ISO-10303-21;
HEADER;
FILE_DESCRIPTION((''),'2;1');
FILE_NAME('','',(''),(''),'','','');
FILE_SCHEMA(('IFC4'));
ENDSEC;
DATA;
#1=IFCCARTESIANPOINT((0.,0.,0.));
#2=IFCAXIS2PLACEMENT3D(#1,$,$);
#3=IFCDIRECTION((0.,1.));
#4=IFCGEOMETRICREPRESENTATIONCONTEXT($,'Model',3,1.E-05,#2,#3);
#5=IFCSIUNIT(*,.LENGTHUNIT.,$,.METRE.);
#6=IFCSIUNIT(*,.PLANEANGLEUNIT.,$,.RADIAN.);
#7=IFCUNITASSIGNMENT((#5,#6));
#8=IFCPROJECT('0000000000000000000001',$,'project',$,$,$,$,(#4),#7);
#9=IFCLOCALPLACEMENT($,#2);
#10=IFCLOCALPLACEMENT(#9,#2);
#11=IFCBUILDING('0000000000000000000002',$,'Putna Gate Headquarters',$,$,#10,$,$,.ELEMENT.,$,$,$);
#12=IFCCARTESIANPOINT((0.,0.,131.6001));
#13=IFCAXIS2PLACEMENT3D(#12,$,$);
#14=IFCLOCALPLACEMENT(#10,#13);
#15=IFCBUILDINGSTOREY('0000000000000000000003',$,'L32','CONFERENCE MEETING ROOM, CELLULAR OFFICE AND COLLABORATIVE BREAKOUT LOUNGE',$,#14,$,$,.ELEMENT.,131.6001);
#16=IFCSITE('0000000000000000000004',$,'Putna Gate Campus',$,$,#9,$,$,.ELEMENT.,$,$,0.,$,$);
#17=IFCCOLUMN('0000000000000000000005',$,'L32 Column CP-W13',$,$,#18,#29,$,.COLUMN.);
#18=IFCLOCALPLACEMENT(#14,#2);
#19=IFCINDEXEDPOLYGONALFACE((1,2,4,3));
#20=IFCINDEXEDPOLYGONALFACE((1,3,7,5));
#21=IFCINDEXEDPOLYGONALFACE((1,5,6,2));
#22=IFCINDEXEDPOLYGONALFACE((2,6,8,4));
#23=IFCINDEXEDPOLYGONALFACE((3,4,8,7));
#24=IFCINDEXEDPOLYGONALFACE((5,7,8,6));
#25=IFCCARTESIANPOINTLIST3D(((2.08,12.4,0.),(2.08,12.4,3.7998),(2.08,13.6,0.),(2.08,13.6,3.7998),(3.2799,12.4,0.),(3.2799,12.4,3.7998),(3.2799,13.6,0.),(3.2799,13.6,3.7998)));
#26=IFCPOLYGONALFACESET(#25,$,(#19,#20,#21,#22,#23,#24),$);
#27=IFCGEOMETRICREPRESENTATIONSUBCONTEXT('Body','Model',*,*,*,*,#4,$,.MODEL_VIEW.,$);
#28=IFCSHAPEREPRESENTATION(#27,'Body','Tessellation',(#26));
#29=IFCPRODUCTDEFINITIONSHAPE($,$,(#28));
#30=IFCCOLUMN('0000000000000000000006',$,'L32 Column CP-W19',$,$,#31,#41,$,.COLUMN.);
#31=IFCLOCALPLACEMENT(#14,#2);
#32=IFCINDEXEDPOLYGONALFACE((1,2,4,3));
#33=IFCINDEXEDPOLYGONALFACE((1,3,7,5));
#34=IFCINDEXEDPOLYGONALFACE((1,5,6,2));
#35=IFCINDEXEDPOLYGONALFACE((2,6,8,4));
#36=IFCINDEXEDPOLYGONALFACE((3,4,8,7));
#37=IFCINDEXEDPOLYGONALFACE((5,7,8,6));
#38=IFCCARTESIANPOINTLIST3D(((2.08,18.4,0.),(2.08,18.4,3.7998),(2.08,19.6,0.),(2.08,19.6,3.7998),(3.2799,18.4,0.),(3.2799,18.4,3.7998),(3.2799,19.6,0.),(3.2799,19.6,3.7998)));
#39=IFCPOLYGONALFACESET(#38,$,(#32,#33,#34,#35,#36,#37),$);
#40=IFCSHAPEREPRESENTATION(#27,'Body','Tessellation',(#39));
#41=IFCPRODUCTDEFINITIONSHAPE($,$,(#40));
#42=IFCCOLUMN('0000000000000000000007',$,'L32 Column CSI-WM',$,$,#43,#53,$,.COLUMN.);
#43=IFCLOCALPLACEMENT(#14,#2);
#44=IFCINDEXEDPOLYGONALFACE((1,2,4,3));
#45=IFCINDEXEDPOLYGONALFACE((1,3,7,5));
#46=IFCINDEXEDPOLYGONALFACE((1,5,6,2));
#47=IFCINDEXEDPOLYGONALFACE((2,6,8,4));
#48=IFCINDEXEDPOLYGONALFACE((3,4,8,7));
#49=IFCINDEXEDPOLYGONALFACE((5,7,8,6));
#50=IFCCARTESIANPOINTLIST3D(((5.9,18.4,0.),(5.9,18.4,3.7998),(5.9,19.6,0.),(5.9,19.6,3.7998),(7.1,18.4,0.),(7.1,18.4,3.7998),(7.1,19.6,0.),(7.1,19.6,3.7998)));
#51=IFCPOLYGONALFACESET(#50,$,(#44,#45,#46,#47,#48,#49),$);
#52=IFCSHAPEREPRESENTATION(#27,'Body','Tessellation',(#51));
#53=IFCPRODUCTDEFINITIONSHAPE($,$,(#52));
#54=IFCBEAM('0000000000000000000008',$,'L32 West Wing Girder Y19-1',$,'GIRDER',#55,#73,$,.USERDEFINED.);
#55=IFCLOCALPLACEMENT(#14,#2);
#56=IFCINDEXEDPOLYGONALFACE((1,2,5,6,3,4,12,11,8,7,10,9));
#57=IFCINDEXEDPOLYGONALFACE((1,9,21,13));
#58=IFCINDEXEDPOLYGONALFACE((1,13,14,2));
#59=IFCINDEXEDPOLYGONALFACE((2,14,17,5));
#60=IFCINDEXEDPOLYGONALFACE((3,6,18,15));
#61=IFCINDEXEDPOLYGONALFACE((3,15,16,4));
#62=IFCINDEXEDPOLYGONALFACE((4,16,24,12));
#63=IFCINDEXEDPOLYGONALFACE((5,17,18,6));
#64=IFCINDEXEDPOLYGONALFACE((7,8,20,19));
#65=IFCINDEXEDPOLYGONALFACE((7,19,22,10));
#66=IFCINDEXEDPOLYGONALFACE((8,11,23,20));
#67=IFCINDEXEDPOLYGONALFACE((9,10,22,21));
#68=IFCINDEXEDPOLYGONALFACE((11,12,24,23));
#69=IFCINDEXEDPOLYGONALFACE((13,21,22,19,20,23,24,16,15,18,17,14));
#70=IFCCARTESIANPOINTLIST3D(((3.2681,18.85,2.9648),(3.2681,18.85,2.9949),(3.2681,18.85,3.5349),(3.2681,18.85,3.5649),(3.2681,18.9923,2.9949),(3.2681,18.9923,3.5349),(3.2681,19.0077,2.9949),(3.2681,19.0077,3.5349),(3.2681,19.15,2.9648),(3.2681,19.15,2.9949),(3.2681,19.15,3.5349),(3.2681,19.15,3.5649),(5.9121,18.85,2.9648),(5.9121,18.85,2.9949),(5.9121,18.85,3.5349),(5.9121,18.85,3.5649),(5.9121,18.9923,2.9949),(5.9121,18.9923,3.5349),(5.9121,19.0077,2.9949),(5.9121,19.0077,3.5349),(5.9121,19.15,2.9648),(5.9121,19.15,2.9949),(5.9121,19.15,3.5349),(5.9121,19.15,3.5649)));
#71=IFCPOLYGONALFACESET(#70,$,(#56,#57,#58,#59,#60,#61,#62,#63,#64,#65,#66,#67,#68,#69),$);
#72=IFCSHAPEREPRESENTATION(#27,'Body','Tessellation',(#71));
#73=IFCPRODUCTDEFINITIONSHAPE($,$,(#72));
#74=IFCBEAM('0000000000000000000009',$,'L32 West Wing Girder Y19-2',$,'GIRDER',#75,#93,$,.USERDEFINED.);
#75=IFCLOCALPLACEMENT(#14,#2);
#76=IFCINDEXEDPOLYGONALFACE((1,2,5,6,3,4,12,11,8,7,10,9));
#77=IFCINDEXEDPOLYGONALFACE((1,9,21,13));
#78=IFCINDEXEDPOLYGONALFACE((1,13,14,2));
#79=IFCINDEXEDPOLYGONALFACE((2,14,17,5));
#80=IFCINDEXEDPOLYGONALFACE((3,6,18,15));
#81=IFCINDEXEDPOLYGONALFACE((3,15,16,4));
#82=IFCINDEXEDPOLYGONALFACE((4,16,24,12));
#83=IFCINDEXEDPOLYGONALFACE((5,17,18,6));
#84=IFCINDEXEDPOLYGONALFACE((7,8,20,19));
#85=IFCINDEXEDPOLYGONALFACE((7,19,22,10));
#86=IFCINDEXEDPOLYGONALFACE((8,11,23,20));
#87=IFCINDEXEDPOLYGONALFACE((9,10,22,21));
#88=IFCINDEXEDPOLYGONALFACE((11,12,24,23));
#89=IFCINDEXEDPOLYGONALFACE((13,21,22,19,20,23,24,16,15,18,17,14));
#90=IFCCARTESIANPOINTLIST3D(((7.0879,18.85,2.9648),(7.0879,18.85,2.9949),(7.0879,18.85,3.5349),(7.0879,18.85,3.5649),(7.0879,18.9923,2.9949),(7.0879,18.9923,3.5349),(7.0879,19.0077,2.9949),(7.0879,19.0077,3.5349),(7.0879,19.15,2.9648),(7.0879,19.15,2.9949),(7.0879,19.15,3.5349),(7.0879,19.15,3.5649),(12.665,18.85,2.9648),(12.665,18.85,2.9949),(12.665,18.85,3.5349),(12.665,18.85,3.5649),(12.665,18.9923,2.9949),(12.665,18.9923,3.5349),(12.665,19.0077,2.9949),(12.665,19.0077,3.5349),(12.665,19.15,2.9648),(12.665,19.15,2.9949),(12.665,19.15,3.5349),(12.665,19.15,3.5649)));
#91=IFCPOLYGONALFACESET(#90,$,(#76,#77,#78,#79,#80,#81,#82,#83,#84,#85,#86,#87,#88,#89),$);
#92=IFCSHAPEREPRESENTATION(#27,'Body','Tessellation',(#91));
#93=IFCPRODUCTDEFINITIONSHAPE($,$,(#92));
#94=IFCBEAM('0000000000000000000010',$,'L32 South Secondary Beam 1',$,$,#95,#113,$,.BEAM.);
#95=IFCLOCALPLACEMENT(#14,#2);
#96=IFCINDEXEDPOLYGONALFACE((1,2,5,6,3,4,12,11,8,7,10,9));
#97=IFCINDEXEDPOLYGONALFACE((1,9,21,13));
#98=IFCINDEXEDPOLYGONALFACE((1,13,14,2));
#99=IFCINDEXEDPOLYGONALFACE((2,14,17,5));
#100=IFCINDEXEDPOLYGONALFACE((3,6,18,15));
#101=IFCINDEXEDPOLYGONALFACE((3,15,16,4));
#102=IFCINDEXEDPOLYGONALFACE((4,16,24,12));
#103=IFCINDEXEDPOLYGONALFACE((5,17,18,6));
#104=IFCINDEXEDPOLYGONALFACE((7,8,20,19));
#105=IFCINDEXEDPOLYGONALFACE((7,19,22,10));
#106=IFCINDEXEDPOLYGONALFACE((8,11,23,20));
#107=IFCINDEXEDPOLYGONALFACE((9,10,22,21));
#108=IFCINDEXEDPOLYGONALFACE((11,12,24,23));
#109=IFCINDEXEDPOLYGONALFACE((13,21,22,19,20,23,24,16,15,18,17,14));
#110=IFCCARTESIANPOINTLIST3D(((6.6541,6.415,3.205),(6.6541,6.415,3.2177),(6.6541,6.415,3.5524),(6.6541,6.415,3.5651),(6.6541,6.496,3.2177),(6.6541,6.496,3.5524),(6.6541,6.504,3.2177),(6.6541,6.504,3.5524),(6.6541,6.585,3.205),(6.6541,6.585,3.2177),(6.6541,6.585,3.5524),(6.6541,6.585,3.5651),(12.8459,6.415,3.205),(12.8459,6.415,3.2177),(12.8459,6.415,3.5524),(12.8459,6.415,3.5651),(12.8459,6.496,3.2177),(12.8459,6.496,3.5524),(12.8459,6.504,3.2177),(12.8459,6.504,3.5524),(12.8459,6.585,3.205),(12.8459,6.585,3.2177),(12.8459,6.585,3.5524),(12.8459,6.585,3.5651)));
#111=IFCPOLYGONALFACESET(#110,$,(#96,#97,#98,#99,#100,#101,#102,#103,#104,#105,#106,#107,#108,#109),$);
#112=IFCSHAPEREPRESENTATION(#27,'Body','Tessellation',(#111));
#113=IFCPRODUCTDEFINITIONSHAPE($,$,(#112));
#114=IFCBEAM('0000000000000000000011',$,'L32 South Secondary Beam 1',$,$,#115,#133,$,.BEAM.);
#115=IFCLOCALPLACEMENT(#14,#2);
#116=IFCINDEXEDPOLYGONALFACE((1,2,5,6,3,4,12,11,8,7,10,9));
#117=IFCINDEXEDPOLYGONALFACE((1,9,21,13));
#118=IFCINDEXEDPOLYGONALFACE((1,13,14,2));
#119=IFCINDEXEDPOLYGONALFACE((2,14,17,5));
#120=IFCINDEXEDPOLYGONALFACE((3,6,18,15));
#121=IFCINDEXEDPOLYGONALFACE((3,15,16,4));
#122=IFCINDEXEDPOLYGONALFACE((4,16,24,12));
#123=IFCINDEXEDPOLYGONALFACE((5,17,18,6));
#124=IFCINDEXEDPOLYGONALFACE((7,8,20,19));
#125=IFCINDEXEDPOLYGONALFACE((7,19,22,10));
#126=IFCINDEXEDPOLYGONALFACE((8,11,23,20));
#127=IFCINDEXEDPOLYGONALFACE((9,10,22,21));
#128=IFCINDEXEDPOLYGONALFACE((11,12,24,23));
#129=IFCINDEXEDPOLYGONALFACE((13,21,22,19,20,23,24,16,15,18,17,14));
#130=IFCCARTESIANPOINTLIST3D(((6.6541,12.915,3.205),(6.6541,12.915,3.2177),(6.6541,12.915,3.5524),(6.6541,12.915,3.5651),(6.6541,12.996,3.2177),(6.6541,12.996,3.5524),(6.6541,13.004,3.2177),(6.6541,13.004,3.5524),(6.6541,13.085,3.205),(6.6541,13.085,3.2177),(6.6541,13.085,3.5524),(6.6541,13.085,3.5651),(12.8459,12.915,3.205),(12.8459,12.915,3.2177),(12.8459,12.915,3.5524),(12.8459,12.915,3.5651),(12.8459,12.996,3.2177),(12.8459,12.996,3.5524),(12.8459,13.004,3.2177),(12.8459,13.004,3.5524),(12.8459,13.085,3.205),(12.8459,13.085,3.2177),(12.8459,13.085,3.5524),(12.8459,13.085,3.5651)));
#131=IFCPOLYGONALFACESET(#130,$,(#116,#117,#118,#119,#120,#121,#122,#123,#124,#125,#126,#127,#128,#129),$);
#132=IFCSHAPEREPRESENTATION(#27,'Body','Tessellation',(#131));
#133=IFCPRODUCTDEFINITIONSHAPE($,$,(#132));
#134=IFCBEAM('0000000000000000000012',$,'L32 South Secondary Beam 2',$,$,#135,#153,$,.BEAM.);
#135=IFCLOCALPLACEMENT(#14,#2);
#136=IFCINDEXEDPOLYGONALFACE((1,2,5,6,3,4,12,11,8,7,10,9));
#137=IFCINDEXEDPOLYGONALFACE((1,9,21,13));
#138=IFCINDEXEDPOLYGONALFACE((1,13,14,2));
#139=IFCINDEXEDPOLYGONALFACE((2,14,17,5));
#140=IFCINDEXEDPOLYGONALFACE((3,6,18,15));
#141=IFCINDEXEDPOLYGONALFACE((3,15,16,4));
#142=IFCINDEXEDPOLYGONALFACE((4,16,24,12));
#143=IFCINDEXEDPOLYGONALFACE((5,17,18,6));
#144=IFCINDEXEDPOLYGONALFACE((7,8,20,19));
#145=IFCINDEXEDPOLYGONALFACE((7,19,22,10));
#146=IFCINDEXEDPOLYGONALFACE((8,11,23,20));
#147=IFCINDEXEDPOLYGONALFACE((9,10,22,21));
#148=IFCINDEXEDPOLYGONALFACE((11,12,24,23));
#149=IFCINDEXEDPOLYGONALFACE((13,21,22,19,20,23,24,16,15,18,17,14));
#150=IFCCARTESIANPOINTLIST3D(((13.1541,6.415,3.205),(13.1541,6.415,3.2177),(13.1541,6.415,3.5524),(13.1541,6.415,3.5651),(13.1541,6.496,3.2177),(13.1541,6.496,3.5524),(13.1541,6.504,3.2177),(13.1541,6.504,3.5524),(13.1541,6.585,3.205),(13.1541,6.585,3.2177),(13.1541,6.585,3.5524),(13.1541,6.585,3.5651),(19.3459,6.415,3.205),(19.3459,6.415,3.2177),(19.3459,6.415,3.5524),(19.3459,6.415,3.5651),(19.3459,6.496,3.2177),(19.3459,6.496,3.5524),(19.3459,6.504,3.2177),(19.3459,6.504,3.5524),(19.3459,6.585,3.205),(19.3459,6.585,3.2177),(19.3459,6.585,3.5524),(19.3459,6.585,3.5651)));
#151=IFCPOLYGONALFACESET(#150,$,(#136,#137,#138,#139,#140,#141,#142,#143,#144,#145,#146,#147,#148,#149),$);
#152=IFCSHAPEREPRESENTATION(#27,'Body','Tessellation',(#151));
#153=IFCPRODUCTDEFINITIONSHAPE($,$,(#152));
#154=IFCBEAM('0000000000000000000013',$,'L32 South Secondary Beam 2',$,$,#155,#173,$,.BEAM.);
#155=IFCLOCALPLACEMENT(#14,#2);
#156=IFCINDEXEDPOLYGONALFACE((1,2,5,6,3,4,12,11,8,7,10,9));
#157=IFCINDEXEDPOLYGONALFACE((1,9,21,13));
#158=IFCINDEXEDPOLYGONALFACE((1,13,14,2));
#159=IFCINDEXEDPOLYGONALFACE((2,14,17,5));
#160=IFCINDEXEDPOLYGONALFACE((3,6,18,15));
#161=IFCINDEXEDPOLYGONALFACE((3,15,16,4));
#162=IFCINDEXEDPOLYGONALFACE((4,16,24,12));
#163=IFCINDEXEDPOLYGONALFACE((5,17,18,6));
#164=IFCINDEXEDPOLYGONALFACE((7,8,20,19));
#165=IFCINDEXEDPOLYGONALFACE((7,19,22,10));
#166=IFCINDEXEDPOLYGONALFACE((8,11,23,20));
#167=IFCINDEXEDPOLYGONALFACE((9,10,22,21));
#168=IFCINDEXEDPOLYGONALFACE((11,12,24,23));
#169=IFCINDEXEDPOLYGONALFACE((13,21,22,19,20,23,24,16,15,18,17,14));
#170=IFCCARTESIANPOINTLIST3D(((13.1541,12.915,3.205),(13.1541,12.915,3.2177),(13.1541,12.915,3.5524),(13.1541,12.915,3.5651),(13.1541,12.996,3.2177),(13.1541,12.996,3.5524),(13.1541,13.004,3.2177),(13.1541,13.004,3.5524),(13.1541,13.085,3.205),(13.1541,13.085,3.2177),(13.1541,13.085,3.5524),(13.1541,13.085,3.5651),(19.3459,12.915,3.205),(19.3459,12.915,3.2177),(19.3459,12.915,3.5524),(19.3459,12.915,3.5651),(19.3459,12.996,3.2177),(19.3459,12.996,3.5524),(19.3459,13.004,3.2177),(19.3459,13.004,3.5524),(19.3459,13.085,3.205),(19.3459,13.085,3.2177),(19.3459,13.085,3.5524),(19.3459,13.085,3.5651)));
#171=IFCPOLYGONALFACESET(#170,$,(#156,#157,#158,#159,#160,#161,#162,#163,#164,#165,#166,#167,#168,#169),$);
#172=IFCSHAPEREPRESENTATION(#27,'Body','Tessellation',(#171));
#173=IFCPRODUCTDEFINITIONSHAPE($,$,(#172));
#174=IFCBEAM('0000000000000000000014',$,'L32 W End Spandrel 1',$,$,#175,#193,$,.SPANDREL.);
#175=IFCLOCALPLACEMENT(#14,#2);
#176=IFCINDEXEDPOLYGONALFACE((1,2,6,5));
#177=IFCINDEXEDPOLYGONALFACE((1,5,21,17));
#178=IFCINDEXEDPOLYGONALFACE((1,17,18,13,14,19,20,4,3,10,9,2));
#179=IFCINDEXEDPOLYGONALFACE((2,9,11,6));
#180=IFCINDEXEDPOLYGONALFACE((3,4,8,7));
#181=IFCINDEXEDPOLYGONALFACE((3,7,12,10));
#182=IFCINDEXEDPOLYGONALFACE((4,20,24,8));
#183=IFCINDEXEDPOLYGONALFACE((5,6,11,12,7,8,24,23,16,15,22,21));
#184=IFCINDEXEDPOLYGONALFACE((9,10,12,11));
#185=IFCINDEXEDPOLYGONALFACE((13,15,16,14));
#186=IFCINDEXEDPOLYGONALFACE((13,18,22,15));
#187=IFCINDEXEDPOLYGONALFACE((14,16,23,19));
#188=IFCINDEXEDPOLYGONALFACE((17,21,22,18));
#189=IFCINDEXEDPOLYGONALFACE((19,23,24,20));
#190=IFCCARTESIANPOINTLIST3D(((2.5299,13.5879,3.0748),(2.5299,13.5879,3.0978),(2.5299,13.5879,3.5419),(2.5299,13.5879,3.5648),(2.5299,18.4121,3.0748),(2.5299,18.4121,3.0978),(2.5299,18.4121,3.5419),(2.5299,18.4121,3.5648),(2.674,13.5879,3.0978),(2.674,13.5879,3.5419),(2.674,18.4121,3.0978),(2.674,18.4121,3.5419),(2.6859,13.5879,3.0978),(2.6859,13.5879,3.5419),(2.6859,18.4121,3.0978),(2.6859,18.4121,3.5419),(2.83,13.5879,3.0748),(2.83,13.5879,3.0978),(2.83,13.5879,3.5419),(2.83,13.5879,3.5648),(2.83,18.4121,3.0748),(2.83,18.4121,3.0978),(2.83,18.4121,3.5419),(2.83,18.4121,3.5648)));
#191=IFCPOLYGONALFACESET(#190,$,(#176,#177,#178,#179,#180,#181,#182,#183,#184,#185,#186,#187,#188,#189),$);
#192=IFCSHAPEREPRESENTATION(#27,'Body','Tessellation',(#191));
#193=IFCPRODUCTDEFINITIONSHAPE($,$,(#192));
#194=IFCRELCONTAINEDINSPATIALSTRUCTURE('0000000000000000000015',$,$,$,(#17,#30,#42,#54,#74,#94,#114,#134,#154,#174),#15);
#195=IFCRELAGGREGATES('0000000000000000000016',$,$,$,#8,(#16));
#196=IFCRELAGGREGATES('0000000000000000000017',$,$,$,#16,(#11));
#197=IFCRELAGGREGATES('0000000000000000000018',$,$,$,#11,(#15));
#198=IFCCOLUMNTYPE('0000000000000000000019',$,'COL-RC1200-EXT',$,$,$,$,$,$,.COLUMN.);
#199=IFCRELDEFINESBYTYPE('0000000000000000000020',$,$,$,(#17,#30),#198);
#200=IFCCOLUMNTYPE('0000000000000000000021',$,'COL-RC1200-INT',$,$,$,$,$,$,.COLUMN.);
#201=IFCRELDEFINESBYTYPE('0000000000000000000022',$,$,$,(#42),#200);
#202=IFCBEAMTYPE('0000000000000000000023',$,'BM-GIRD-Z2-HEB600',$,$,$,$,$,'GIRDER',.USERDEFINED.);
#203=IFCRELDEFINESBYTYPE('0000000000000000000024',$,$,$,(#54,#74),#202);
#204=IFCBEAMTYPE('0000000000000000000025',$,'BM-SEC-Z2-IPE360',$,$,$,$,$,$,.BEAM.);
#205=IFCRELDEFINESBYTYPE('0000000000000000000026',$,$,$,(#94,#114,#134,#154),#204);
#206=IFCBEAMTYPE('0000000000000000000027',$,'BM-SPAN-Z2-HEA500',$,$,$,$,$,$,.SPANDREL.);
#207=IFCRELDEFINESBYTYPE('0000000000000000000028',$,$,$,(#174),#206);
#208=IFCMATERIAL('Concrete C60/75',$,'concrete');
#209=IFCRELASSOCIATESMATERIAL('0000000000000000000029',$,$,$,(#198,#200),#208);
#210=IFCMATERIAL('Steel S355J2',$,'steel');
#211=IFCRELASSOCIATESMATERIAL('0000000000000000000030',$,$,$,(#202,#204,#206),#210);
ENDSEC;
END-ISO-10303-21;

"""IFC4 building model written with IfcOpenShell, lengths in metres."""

from ifc_helpers import new_model, si_unit, direction, frame, origin, origin_2d, place, context, subcontext, project, spatial, rectangle, i_section, extrude, material, material_profile, profile_set, type_object, element, save


model = new_model("IFC4")

# Units and contexts
model_context = context("Model", 3, precision=1e-05, world=origin(), true_north=direction((0.0, 1.0)))
body_context = subcontext(model_context, "Body", "Model", "MODEL_VIEW")
ifc_project = project(units=[si_unit("LENGTHUNIT", "METRE"), si_unit("PLANEANGLEUNIT", "RADIAN")], contexts=[model_context])

# Site, building, storey
site_placement = place(None, origin())
site = spatial("IfcSite", under=ifc_project, at=site_placement, Name="Putna Gate Campus", CompositionType="ELEMENT", RefElevation=0.0)
building_placement = place(site_placement, origin())
building = spatial("IfcBuilding", under=site, at=building_placement, Name="Putna Gate Headquarters", CompositionType="ELEMENT")
storey_placement = place(building_placement, frame((0.0, 0.0, 131.6001)))
storey = spatial("IfcBuildingStorey", under=building, at=storey_placement, Name="L32", Description="CONFERENCE MEETING ROOM, CELLULAR OFFICE AND COLLABORATIVE BREAKOUT LOUNGE", CompositionType="ELEMENT", Elevation=131.6001)

# Columns
ifc_material_1 = material(Name="Concrete C60/75", Category="concrete")
ifc_material_profile_1 = material_profile(ifc_material_1, rectangle(XDim=1.2, YDim=1.2, at=origin_2d()), Name="Concrete C60/75")
ifc_profile_set_1 = profile_set([ifc_material_profile_1], Name="Concrete C60/75")
column_type_1 = type_object("IfcColumnType", Name="COL-RC1200-EXT", PredefinedType="COLUMN", material=ifc_profile_set_1)
for number, where, z_axis, x_axis, name in (
    (1, (2.6799, 13.0, 0.0), (0.0, 0.0, 1.0), (1.0, 0.0, 0.0), "L32 Column CP-W13"),
    (2, (2.6799, 19.0, 0.0), (0.0, 0.0, 1.0), (1.0, 0.0, 0.0), "L32 Column CP-W19"),
):
    element("IfcColumn", number, at=place(storey_placement, frame(where, z_axis=z_axis, x_axis=x_axis)), inside=storey, type_object=column_type_1, Name=name, PredefinedType="COLUMN", context=body_context, shape_type="SweptSolid", body=[
        extrude(rectangle(XDim=1.2, YDim=1.2, at=origin_2d()), origin(), (0.0, 0.0, 1.0), 3.7998),
    ])
ifc_material_profile_2 = material_profile(ifc_material_1, rectangle(XDim=1.2, YDim=1.2, at=origin_2d()), Name="Concrete C60/75")
ifc_profile_set_2 = profile_set([ifc_material_profile_2], Name="Concrete C60/75")
column_type_2 = type_object("IfcColumnType", Name="COL-RC1200-INT", PredefinedType="COLUMN", material=ifc_profile_set_2)
column_placement = place(storey_placement, frame((6.5, 19.0, 0.0), z_axis=(0.0, 0.0, 1.0), x_axis=(1.0, 0.0, 0.0)))
element("IfcColumn", 3, at=column_placement, inside=storey, type_object=column_type_2, Name="L32 Column CSI-WM", PredefinedType="COLUMN", context=body_context, shape_type="SweptSolid", body=[
    extrude(rectangle(XDim=1.2, YDim=1.2, at=origin_2d()), origin(), (0.0, 0.0, 1.0), 3.7998),
])

# Beams
ifc_material_2 = material(Name="Steel S355J2", Category="steel")
ifc_material_profile_3 = material_profile(ifc_material_2, i_section(OverallWidth=0.3, OverallDepth=0.6001, WebThickness=0.0154, FlangeThickness=0.03, at=origin_2d()), Name="Steel S355J2")
ifc_profile_set_3 = profile_set([ifc_material_profile_3], Name="Steel S355J2")
beam_type_1 = type_object("IfcBeamType", Name="BM-GIRD-Z2-HEB600", ElementType="GIRDER", PredefinedType="USERDEFINED", material=ifc_profile_set_3)
beam_1_placement = place(storey_placement, frame((3.2681, 19.0, 3.2649), z_axis=(1.0, 0.0, 0.0), x_axis=(0.0, 1.0, 0.0)))
element("IfcBeam", 4, at=beam_1_placement, inside=storey, type_object=beam_type_1, Name="L32 West Wing Girder Y19-1", ObjectType="GIRDER", PredefinedType="USERDEFINED", context=body_context, shape_type="SweptSolid", body=[
    extrude(i_section(OverallWidth=0.3, OverallDepth=0.6001, WebThickness=0.0154, FlangeThickness=0.03, at=origin_2d()), origin(), (0.0, 0.0, 1.0), 2.644),
])
beam_2_placement = place(storey_placement, frame((7.0879, 19.0, 3.2649), z_axis=(1.0, 0.0, 0.0), x_axis=(0.0, 1.0, 0.0)))
element("IfcBeam", 5, at=beam_2_placement, inside=storey, type_object=beam_type_1, Name="L32 West Wing Girder Y19-2", ObjectType="GIRDER", PredefinedType="USERDEFINED", context=body_context, shape_type="SweptSolid", body=[
    extrude(i_section(OverallWidth=0.3, OverallDepth=0.6001, WebThickness=0.0154, FlangeThickness=0.03, at=origin_2d()), origin(), (0.0, 0.0, 1.0), 5.5771),
])
ifc_material_profile_4 = material_profile(ifc_material_2, i_section(OverallWidth=0.1699, OverallDepth=0.3601, WebThickness=0.0081, FlangeThickness=0.0127, at=origin_2d()), Name="Steel S355J2")
ifc_profile_set_4 = profile_set([ifc_material_profile_4], Name="Steel S355J2")
beam_type_2 = type_object("IfcBeamType", Name="BM-SEC-Z2-IPE360", PredefinedType="BEAM", material=ifc_profile_set_4)
for number, where, z_axis, x_axis, name in (
    (6, (6.6541, 6.5, 3.385), (1.0, 0.0, 0.0), (0.0, 1.0, 0.0), "L32 South Secondary Beam 1"),
    (7, (6.6541, 13.0, 3.385), (1.0, 0.0, 0.0), (0.0, 1.0, 0.0), "L32 South Secondary Beam 1"),
    (8, (13.1541, 6.5, 3.385), (1.0, 0.0, 0.0), (0.0, 1.0, 0.0), "L32 South Secondary Beam 2"),
    (9, (13.1541, 13.0, 3.385), (1.0, 0.0, 0.0), (0.0, 1.0, 0.0), "L32 South Secondary Beam 2"),
):
    element("IfcBeam", number, at=place(storey_placement, frame(where, z_axis=z_axis, x_axis=x_axis)), inside=storey, type_object=beam_type_2, Name=name, PredefinedType="BEAM", context=body_context, shape_type="SweptSolid", body=[
        extrude(i_section(OverallWidth=0.1699, OverallDepth=0.3601, WebThickness=0.0081, FlangeThickness=0.0127, at=origin_2d()), origin(), (0.0, 0.0, 1.0), 6.1919),
    ])
ifc_material_profile_5 = material_profile(ifc_material_2, i_section(OverallWidth=0.3, OverallDepth=0.49, WebThickness=0.012, FlangeThickness=0.0229, at=origin_2d()), Name="Steel S355J2")
ifc_profile_set_5 = profile_set([ifc_material_profile_5], Name="Steel S355J2")
beam_type_3 = type_object("IfcBeamType", Name="BM-SPAN-Z2-HEA500", PredefinedType="SPANDREL", material=ifc_profile_set_5)
beam_3_placement = place(storey_placement, frame((2.6799, 13.5879, 3.3198), z_axis=(0.0, 1.0, 0.0), x_axis=(-1.0, 0.0, 0.0)))
element("IfcBeam", 10, at=beam_3_placement, inside=storey, type_object=beam_type_3, Name="L32 W End Spandrel 1", PredefinedType="SPANDREL", context=body_context, shape_type="SweptSolid", body=[
    extrude(i_section(OverallWidth=0.3, OverallDepth=0.49, WebThickness=0.012, FlangeThickness=0.0229, at=origin_2d()), origin(), (0.0, 0.0, 1.0), 4.8242),
])

save(model, "model.ifc")
